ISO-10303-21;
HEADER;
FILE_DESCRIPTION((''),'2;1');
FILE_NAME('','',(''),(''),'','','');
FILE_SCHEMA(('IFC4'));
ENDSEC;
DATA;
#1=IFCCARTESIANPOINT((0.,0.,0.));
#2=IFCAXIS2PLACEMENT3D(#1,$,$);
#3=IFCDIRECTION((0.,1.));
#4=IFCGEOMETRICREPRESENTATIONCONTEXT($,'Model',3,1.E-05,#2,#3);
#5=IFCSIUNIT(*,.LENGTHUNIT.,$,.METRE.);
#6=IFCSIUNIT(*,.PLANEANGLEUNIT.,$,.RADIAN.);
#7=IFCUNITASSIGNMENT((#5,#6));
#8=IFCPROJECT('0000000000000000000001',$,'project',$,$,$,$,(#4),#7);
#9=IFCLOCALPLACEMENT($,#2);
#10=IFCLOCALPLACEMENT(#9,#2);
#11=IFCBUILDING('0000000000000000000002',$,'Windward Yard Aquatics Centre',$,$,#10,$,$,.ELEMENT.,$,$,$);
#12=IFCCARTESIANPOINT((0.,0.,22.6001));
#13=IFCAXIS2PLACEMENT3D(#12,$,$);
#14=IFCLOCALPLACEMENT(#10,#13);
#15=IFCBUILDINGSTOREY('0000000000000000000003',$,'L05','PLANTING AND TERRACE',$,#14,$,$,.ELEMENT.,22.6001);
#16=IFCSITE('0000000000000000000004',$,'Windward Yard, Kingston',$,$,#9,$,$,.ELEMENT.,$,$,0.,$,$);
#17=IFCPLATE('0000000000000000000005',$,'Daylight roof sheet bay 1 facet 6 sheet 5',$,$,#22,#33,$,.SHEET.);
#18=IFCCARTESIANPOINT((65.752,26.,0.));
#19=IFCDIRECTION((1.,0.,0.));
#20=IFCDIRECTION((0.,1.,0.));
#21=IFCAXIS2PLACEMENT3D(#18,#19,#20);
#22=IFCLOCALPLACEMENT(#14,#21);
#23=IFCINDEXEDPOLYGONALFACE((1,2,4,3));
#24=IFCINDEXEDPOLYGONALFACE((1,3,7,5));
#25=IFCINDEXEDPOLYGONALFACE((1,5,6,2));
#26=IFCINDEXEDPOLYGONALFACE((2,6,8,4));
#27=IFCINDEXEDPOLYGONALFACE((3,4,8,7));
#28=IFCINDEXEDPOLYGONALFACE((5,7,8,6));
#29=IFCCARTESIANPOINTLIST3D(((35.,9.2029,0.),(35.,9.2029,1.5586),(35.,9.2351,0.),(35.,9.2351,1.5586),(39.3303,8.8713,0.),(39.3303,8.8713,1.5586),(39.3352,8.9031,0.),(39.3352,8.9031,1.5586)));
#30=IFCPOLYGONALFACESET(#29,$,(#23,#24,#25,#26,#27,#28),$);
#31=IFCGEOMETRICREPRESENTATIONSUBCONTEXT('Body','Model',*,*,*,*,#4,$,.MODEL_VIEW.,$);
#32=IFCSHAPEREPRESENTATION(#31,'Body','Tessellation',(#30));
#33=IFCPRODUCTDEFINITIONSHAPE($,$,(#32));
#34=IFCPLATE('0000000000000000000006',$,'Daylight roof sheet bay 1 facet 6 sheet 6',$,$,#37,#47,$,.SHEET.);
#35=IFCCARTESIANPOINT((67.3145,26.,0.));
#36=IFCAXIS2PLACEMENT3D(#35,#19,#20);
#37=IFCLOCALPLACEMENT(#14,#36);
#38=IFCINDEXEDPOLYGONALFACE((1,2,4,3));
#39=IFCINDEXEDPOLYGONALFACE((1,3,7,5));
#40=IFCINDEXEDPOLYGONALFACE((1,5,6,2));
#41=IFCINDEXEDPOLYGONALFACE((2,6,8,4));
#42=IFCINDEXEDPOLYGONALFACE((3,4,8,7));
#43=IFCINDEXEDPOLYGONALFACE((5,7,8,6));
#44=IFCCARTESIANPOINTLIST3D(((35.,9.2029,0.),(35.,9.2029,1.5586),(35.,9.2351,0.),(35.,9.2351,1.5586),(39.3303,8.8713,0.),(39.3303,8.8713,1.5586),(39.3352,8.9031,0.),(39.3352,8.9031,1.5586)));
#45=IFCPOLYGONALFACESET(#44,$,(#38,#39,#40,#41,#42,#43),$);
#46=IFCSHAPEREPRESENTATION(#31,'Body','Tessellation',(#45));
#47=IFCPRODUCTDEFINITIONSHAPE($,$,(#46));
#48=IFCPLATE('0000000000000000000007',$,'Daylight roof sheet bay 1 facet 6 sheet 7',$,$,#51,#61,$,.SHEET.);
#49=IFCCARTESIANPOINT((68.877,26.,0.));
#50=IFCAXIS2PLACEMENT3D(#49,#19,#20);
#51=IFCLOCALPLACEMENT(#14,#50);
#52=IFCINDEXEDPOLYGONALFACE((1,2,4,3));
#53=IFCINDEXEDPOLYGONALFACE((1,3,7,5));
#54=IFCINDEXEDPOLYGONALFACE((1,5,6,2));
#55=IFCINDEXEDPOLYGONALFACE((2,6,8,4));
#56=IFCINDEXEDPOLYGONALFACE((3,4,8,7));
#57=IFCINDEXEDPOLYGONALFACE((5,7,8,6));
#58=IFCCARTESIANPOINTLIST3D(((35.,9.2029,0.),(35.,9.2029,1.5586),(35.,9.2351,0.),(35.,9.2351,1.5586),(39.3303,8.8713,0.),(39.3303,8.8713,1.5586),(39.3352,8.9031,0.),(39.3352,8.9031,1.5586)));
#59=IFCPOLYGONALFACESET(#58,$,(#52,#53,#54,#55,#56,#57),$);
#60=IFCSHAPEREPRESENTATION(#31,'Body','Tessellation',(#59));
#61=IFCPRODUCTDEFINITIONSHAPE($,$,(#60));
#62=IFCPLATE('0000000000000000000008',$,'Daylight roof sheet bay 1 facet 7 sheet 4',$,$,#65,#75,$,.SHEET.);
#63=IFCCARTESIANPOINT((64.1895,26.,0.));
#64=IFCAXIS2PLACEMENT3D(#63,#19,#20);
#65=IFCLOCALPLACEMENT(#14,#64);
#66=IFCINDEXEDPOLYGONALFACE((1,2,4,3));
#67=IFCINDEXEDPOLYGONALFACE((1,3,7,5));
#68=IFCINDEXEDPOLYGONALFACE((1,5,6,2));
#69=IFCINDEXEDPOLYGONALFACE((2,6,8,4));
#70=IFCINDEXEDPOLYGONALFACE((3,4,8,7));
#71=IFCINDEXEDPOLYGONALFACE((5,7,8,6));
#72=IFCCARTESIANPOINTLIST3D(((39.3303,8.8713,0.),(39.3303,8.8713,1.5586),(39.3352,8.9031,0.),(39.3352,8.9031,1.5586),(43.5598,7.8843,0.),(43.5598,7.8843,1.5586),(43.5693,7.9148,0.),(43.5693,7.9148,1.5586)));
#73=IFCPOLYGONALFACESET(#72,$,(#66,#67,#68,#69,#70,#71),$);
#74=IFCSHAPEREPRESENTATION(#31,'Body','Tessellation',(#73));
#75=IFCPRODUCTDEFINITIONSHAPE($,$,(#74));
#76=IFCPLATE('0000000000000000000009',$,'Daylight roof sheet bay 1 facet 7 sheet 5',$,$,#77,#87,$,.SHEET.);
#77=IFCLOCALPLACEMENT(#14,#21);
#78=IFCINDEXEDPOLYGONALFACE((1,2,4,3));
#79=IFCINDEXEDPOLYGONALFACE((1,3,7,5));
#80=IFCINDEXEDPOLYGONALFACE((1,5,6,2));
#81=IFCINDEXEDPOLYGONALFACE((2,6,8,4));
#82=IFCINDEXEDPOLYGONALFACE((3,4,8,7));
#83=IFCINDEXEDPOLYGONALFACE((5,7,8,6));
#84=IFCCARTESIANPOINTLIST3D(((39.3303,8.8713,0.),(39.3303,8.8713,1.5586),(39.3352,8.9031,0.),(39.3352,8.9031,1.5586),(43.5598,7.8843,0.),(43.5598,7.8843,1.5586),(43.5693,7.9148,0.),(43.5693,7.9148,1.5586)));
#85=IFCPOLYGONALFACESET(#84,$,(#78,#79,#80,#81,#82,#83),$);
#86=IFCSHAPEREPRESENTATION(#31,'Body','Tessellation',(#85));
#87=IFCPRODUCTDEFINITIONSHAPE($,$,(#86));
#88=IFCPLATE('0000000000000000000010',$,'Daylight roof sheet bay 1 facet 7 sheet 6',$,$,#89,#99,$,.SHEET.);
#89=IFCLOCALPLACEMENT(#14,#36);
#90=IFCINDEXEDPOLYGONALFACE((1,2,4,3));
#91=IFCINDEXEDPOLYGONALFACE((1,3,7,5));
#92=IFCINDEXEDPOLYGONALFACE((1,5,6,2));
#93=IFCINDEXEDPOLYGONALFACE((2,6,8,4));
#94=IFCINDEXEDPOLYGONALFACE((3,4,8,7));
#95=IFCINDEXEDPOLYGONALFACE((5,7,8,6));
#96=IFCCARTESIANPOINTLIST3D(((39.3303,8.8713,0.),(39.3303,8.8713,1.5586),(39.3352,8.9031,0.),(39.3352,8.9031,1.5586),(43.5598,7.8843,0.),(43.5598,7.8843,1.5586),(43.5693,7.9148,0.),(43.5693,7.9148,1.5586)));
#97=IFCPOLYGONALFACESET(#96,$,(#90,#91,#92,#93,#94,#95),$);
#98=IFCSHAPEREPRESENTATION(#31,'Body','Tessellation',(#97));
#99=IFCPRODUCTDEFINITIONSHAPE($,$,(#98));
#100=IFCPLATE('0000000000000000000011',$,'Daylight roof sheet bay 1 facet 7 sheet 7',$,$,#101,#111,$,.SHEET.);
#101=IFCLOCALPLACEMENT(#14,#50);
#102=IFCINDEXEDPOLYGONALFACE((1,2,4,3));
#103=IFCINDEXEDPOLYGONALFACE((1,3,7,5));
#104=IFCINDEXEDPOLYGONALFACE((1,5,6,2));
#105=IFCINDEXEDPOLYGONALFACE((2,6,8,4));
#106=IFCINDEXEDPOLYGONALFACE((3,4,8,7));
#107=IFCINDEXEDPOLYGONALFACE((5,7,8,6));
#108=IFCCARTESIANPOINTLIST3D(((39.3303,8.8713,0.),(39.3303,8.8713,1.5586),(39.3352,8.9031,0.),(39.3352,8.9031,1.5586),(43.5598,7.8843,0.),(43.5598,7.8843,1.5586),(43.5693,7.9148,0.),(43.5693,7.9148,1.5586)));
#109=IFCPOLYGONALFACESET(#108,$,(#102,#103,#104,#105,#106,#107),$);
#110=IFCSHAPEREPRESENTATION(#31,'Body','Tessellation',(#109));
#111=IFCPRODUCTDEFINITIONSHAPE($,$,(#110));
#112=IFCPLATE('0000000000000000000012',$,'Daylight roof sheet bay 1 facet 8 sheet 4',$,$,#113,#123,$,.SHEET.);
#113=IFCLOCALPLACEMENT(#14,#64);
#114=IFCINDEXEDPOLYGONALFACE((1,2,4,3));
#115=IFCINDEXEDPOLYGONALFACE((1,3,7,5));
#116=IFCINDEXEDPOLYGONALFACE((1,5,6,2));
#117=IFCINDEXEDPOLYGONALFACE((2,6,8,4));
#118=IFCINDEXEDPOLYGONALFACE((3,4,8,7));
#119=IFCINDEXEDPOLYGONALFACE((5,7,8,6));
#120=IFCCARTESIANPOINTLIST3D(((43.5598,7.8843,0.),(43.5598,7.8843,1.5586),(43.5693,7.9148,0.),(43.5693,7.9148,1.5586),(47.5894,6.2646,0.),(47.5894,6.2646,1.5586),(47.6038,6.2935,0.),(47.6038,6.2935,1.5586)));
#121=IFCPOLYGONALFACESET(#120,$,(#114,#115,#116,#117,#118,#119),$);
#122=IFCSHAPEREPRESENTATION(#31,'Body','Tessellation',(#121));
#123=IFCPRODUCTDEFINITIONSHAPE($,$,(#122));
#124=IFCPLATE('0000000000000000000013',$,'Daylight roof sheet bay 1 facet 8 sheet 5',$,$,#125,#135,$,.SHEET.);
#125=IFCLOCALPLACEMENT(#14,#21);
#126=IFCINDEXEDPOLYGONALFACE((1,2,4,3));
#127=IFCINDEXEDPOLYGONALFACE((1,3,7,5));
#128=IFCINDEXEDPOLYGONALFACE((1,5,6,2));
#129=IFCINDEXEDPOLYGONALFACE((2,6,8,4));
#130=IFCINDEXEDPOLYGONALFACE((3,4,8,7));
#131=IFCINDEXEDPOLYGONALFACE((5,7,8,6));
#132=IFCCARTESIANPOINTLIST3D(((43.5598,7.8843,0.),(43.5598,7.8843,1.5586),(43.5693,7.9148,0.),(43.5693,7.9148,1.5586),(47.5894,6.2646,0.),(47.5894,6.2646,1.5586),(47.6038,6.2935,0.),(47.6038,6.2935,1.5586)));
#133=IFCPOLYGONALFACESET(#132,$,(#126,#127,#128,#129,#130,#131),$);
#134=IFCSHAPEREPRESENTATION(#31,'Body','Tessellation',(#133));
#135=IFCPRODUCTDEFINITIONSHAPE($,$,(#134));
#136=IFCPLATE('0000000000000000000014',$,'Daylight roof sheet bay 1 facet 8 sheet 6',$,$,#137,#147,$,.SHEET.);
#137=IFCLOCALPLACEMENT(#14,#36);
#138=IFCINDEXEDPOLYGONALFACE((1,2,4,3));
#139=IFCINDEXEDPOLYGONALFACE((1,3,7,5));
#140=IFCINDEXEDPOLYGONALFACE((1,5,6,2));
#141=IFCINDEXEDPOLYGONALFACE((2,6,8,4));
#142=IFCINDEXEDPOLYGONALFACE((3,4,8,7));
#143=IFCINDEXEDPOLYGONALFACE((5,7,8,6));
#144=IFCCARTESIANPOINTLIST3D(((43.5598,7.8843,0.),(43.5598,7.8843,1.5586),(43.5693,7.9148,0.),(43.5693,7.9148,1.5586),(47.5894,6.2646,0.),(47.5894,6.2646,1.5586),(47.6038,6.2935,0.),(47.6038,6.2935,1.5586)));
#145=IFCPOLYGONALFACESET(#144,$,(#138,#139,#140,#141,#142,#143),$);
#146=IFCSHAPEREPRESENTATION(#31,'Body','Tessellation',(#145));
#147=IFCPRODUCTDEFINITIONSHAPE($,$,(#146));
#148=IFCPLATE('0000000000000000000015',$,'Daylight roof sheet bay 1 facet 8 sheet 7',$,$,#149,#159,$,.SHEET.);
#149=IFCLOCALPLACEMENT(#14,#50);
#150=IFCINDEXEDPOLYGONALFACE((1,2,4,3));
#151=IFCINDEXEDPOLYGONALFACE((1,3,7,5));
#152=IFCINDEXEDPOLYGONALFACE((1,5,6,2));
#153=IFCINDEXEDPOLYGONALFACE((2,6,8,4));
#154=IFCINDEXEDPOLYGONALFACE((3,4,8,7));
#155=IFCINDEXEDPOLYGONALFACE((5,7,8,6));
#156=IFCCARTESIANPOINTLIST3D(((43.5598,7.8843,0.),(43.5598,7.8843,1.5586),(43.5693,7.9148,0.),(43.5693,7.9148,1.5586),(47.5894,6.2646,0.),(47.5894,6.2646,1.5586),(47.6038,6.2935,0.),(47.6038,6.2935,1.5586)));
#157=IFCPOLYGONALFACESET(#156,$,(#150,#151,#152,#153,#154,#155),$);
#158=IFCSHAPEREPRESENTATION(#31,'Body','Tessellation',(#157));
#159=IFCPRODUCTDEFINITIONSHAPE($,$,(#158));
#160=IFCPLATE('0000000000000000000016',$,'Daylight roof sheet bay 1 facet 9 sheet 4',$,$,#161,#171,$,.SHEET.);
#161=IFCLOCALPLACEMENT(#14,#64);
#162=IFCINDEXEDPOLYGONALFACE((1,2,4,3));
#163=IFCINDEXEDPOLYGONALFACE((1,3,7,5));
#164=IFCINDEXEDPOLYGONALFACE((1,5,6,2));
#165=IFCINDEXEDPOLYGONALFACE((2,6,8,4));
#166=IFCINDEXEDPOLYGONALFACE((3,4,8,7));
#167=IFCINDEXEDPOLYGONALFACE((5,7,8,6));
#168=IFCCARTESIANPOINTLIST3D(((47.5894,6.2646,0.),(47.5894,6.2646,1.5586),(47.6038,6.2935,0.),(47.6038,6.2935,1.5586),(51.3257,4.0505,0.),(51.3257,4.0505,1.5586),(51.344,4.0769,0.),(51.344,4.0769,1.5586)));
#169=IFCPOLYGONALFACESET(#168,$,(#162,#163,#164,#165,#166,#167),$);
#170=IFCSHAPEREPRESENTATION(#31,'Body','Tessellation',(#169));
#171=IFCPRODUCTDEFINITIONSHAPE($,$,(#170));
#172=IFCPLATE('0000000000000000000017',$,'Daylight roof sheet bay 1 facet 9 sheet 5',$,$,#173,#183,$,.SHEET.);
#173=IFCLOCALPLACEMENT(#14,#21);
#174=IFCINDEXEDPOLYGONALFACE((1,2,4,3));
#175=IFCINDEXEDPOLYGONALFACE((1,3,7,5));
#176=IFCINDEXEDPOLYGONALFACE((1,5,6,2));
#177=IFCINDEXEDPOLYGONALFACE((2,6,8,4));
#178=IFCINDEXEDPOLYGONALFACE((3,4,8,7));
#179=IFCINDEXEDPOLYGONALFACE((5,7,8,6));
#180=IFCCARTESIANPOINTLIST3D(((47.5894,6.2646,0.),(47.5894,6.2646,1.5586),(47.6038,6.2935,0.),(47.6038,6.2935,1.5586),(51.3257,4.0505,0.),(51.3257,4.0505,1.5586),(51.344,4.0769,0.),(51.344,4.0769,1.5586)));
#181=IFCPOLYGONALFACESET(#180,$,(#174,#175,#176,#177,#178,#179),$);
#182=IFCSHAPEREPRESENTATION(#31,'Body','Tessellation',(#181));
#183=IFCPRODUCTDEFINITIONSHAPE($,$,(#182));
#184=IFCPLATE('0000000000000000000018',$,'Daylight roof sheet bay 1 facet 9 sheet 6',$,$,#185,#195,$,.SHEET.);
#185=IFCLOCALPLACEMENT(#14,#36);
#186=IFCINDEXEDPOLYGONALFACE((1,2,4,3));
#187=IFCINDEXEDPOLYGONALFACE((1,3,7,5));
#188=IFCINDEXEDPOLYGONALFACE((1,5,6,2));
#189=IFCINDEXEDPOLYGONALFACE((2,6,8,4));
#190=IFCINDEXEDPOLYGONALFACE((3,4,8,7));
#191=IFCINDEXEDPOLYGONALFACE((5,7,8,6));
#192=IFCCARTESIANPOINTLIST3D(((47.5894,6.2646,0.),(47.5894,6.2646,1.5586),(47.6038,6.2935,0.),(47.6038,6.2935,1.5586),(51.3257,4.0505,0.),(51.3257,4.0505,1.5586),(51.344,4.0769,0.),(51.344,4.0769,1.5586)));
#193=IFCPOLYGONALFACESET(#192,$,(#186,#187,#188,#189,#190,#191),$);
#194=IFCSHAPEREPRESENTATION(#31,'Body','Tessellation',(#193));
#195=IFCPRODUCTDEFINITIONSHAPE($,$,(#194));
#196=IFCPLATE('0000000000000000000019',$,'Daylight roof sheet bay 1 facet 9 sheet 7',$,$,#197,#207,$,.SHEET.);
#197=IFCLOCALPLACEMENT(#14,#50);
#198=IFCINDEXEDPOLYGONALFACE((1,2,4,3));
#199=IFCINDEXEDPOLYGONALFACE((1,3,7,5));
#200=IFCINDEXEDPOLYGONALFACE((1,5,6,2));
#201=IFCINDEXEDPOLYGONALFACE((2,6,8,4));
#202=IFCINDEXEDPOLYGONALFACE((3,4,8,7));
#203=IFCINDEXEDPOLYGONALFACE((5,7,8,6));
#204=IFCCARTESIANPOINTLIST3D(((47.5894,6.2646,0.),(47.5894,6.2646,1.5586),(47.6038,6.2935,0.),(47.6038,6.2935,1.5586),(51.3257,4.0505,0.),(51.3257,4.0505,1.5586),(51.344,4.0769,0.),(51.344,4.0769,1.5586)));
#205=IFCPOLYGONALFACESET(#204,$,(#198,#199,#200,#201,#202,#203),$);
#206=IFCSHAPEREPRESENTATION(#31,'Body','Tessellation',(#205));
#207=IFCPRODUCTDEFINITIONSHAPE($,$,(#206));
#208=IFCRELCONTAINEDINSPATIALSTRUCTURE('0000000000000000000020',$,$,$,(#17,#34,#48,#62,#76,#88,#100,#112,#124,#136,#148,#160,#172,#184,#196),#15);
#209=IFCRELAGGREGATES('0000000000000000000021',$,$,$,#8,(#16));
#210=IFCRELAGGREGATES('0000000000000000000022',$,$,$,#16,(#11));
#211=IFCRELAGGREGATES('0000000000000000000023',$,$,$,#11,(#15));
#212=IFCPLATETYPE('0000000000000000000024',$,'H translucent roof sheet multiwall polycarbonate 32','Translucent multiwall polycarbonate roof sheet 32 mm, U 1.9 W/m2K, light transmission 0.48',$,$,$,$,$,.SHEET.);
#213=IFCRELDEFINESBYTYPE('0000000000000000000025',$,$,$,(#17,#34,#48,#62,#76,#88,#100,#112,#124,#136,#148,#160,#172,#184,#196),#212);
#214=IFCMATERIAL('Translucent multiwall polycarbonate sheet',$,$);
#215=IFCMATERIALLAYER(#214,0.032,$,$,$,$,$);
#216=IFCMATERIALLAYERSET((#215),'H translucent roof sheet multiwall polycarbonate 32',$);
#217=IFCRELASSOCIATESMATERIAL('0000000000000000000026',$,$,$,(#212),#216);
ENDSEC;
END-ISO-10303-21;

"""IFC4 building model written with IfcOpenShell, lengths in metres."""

from ifc_helpers import new_model, si_unit, direction, frame, origin, place, context, subcontext, project, spatial, polyline, outline, extrude, material, layer, layer_set, type_object, element, save


model = new_model("IFC4")

# Units and contexts
model_context = context("Model", 3, precision=1e-05, world=origin(), true_north=direction((0.0, 1.0)))
body_context = subcontext(model_context, "Body", "Model", "MODEL_VIEW")
ifc_project = project(units=[si_unit("LENGTHUNIT", "METRE"), si_unit("PLANEANGLEUNIT", "RADIAN")], contexts=[model_context])

# Site, building, storey
site_placement = place(None, origin())
site = spatial("IfcSite", under=ifc_project, at=site_placement, Name="Windward Yard, Kingston", CompositionType="ELEMENT", RefElevation=0.0)
building_placement = place(site_placement, origin())
building = spatial("IfcBuilding", under=site, at=building_placement, Name="Windward Yard Aquatics Centre", CompositionType="ELEMENT")
storey_placement = place(building_placement, frame((0.0, 0.0, 22.6001)))
storey = spatial("IfcBuildingStorey", under=building, at=storey_placement, Name="L05", Description="PLANTING AND TERRACE", CompositionType="ELEMENT", Elevation=22.6001)

# Plates
ifc_material = material(Name="Translucent multiwall polycarbonate sheet")
ifc_layer = layer(ifc_material, 0.032)
ifc_layer_set = layer_set([ifc_layer], Name="H translucent roof sheet multiwall polycarbonate 32")
plate_type = type_object("IfcPlateType", Name="H translucent roof sheet multiwall polycarbonate 32", Description="Translucent multiwall polycarbonate roof sheet 32 mm, U 1.9 W/m2K, light transmission 0.48", PredefinedType="SHEET", material=ifc_layer_set)
for number, where, z_axis, x_axis, name in (
    (1, (65.752, 26.0, 0.0), (1.0, 0.0, 0.0), (0.0, 1.0, 0.0), "Daylight roof sheet bay 1 facet 6 sheet 5"),
    (2, (67.3145, 26.0, 0.0), (1.0, 0.0, 0.0), (0.0, 1.0, 0.0), "Daylight roof sheet bay 1 facet 6 sheet 6"),
    (3, (68.877, 26.0, 0.0), (1.0, 0.0, 0.0), (0.0, 1.0, 0.0), "Daylight roof sheet bay 1 facet 6 sheet 7"),
):
    element("IfcPlate", number, at=place(storey_placement, frame(where, z_axis=z_axis, x_axis=x_axis)), inside=storey, type_object=plate_type, Name=name, PredefinedType="SHEET", context=body_context, shape_type="SweptSolid", body=[
        extrude(outline(polyline([(35.0, 9.2029), (39.3303, 8.8713), (39.3352, 8.9031), (35.0, 9.2351), (35.0, 9.2029)])), origin(), (0.0, 0.0, 1.0), 1.5586),
    ])
for number, where, z_axis, x_axis, name in (
    (4, (64.1895, 26.0, 0.0), (1.0, 0.0, 0.0), (0.0, 1.0, 0.0), "Daylight roof sheet bay 1 facet 7 sheet 4"),
    (5, (65.752, 26.0, 0.0), (1.0, 0.0, 0.0), (0.0, 1.0, 0.0), "Daylight roof sheet bay 1 facet 7 sheet 5"),
    (6, (67.3145, 26.0, 0.0), (1.0, 0.0, 0.0), (0.0, 1.0, 0.0), "Daylight roof sheet bay 1 facet 7 sheet 6"),
    (7, (68.877, 26.0, 0.0), (1.0, 0.0, 0.0), (0.0, 1.0, 0.0), "Daylight roof sheet bay 1 facet 7 sheet 7"),
):
    element("IfcPlate", number, at=place(storey_placement, frame(where, z_axis=z_axis, x_axis=x_axis)), inside=storey, type_object=plate_type, Name=name, PredefinedType="SHEET", context=body_context, shape_type="SweptSolid", body=[
        extrude(outline(polyline([(39.3303, 8.8713), (43.5598, 7.8843), (43.5693, 7.9148), (39.3352, 8.9031), (39.3303, 8.8713)])), origin(), (0.0, 0.0, 1.0), 1.5586),
    ])
for number, where, z_axis, x_axis, name in (
    (8, (64.1895, 26.0, 0.0), (1.0, 0.0, 0.0), (0.0, 1.0, 0.0), "Daylight roof sheet bay 1 facet 8 sheet 4"),
    (9, (65.752, 26.0, 0.0), (1.0, 0.0, 0.0), (0.0, 1.0, 0.0), "Daylight roof sheet bay 1 facet 8 sheet 5"),
    (10, (67.3145, 26.0, 0.0), (1.0, 0.0, 0.0), (0.0, 1.0, 0.0), "Daylight roof sheet bay 1 facet 8 sheet 6"),
    (11, (68.877, 26.0, 0.0), (1.0, 0.0, 0.0), (0.0, 1.0, 0.0), "Daylight roof sheet bay 1 facet 8 sheet 7"),
):
    element("IfcPlate", number, at=place(storey_placement, frame(where, z_axis=z_axis, x_axis=x_axis)), inside=storey, type_object=plate_type, Name=name, PredefinedType="SHEET", context=body_context, shape_type="SweptSolid", body=[
        extrude(outline(polyline([(43.5598, 7.8843), (47.5894, 6.2646), (47.6038, 6.2935), (43.5693, 7.9148), (43.5598, 7.8843)])), origin(), (0.0, 0.0, 1.0), 1.5586),
    ])
for number, where, z_axis, x_axis, name in (
    (12, (64.1895, 26.0, 0.0), (1.0, 0.0, 0.0), (0.0, 1.0, 0.0), "Daylight roof sheet bay 1 facet 9 sheet 4"),
    (13, (65.752, 26.0, 0.0), (1.0, 0.0, 0.0), (0.0, 1.0, 0.0), "Daylight roof sheet bay 1 facet 9 sheet 5"),
    (14, (67.3145, 26.0, 0.0), (1.0, 0.0, 0.0), (0.0, 1.0, 0.0), "Daylight roof sheet bay 1 facet 9 sheet 6"),
    (15, (68.877, 26.0, 0.0), (1.0, 0.0, 0.0), (0.0, 1.0, 0.0), "Daylight roof sheet bay 1 facet 9 sheet 7"),
):
    element("IfcPlate", number, at=place(storey_placement, frame(where, z_axis=z_axis, x_axis=x_axis)), inside=storey, type_object=plate_type, Name=name, PredefinedType="SHEET", context=body_context, shape_type="SweptSolid", body=[
        extrude(outline(polyline([(47.5894, 6.2646), (51.3257, 4.0505), (51.344, 4.0769), (47.6038, 6.2935), (47.5894, 6.2646)])), origin(), (0.0, 0.0, 1.0), 1.5586),
    ])

save(model, "model.ifc")
